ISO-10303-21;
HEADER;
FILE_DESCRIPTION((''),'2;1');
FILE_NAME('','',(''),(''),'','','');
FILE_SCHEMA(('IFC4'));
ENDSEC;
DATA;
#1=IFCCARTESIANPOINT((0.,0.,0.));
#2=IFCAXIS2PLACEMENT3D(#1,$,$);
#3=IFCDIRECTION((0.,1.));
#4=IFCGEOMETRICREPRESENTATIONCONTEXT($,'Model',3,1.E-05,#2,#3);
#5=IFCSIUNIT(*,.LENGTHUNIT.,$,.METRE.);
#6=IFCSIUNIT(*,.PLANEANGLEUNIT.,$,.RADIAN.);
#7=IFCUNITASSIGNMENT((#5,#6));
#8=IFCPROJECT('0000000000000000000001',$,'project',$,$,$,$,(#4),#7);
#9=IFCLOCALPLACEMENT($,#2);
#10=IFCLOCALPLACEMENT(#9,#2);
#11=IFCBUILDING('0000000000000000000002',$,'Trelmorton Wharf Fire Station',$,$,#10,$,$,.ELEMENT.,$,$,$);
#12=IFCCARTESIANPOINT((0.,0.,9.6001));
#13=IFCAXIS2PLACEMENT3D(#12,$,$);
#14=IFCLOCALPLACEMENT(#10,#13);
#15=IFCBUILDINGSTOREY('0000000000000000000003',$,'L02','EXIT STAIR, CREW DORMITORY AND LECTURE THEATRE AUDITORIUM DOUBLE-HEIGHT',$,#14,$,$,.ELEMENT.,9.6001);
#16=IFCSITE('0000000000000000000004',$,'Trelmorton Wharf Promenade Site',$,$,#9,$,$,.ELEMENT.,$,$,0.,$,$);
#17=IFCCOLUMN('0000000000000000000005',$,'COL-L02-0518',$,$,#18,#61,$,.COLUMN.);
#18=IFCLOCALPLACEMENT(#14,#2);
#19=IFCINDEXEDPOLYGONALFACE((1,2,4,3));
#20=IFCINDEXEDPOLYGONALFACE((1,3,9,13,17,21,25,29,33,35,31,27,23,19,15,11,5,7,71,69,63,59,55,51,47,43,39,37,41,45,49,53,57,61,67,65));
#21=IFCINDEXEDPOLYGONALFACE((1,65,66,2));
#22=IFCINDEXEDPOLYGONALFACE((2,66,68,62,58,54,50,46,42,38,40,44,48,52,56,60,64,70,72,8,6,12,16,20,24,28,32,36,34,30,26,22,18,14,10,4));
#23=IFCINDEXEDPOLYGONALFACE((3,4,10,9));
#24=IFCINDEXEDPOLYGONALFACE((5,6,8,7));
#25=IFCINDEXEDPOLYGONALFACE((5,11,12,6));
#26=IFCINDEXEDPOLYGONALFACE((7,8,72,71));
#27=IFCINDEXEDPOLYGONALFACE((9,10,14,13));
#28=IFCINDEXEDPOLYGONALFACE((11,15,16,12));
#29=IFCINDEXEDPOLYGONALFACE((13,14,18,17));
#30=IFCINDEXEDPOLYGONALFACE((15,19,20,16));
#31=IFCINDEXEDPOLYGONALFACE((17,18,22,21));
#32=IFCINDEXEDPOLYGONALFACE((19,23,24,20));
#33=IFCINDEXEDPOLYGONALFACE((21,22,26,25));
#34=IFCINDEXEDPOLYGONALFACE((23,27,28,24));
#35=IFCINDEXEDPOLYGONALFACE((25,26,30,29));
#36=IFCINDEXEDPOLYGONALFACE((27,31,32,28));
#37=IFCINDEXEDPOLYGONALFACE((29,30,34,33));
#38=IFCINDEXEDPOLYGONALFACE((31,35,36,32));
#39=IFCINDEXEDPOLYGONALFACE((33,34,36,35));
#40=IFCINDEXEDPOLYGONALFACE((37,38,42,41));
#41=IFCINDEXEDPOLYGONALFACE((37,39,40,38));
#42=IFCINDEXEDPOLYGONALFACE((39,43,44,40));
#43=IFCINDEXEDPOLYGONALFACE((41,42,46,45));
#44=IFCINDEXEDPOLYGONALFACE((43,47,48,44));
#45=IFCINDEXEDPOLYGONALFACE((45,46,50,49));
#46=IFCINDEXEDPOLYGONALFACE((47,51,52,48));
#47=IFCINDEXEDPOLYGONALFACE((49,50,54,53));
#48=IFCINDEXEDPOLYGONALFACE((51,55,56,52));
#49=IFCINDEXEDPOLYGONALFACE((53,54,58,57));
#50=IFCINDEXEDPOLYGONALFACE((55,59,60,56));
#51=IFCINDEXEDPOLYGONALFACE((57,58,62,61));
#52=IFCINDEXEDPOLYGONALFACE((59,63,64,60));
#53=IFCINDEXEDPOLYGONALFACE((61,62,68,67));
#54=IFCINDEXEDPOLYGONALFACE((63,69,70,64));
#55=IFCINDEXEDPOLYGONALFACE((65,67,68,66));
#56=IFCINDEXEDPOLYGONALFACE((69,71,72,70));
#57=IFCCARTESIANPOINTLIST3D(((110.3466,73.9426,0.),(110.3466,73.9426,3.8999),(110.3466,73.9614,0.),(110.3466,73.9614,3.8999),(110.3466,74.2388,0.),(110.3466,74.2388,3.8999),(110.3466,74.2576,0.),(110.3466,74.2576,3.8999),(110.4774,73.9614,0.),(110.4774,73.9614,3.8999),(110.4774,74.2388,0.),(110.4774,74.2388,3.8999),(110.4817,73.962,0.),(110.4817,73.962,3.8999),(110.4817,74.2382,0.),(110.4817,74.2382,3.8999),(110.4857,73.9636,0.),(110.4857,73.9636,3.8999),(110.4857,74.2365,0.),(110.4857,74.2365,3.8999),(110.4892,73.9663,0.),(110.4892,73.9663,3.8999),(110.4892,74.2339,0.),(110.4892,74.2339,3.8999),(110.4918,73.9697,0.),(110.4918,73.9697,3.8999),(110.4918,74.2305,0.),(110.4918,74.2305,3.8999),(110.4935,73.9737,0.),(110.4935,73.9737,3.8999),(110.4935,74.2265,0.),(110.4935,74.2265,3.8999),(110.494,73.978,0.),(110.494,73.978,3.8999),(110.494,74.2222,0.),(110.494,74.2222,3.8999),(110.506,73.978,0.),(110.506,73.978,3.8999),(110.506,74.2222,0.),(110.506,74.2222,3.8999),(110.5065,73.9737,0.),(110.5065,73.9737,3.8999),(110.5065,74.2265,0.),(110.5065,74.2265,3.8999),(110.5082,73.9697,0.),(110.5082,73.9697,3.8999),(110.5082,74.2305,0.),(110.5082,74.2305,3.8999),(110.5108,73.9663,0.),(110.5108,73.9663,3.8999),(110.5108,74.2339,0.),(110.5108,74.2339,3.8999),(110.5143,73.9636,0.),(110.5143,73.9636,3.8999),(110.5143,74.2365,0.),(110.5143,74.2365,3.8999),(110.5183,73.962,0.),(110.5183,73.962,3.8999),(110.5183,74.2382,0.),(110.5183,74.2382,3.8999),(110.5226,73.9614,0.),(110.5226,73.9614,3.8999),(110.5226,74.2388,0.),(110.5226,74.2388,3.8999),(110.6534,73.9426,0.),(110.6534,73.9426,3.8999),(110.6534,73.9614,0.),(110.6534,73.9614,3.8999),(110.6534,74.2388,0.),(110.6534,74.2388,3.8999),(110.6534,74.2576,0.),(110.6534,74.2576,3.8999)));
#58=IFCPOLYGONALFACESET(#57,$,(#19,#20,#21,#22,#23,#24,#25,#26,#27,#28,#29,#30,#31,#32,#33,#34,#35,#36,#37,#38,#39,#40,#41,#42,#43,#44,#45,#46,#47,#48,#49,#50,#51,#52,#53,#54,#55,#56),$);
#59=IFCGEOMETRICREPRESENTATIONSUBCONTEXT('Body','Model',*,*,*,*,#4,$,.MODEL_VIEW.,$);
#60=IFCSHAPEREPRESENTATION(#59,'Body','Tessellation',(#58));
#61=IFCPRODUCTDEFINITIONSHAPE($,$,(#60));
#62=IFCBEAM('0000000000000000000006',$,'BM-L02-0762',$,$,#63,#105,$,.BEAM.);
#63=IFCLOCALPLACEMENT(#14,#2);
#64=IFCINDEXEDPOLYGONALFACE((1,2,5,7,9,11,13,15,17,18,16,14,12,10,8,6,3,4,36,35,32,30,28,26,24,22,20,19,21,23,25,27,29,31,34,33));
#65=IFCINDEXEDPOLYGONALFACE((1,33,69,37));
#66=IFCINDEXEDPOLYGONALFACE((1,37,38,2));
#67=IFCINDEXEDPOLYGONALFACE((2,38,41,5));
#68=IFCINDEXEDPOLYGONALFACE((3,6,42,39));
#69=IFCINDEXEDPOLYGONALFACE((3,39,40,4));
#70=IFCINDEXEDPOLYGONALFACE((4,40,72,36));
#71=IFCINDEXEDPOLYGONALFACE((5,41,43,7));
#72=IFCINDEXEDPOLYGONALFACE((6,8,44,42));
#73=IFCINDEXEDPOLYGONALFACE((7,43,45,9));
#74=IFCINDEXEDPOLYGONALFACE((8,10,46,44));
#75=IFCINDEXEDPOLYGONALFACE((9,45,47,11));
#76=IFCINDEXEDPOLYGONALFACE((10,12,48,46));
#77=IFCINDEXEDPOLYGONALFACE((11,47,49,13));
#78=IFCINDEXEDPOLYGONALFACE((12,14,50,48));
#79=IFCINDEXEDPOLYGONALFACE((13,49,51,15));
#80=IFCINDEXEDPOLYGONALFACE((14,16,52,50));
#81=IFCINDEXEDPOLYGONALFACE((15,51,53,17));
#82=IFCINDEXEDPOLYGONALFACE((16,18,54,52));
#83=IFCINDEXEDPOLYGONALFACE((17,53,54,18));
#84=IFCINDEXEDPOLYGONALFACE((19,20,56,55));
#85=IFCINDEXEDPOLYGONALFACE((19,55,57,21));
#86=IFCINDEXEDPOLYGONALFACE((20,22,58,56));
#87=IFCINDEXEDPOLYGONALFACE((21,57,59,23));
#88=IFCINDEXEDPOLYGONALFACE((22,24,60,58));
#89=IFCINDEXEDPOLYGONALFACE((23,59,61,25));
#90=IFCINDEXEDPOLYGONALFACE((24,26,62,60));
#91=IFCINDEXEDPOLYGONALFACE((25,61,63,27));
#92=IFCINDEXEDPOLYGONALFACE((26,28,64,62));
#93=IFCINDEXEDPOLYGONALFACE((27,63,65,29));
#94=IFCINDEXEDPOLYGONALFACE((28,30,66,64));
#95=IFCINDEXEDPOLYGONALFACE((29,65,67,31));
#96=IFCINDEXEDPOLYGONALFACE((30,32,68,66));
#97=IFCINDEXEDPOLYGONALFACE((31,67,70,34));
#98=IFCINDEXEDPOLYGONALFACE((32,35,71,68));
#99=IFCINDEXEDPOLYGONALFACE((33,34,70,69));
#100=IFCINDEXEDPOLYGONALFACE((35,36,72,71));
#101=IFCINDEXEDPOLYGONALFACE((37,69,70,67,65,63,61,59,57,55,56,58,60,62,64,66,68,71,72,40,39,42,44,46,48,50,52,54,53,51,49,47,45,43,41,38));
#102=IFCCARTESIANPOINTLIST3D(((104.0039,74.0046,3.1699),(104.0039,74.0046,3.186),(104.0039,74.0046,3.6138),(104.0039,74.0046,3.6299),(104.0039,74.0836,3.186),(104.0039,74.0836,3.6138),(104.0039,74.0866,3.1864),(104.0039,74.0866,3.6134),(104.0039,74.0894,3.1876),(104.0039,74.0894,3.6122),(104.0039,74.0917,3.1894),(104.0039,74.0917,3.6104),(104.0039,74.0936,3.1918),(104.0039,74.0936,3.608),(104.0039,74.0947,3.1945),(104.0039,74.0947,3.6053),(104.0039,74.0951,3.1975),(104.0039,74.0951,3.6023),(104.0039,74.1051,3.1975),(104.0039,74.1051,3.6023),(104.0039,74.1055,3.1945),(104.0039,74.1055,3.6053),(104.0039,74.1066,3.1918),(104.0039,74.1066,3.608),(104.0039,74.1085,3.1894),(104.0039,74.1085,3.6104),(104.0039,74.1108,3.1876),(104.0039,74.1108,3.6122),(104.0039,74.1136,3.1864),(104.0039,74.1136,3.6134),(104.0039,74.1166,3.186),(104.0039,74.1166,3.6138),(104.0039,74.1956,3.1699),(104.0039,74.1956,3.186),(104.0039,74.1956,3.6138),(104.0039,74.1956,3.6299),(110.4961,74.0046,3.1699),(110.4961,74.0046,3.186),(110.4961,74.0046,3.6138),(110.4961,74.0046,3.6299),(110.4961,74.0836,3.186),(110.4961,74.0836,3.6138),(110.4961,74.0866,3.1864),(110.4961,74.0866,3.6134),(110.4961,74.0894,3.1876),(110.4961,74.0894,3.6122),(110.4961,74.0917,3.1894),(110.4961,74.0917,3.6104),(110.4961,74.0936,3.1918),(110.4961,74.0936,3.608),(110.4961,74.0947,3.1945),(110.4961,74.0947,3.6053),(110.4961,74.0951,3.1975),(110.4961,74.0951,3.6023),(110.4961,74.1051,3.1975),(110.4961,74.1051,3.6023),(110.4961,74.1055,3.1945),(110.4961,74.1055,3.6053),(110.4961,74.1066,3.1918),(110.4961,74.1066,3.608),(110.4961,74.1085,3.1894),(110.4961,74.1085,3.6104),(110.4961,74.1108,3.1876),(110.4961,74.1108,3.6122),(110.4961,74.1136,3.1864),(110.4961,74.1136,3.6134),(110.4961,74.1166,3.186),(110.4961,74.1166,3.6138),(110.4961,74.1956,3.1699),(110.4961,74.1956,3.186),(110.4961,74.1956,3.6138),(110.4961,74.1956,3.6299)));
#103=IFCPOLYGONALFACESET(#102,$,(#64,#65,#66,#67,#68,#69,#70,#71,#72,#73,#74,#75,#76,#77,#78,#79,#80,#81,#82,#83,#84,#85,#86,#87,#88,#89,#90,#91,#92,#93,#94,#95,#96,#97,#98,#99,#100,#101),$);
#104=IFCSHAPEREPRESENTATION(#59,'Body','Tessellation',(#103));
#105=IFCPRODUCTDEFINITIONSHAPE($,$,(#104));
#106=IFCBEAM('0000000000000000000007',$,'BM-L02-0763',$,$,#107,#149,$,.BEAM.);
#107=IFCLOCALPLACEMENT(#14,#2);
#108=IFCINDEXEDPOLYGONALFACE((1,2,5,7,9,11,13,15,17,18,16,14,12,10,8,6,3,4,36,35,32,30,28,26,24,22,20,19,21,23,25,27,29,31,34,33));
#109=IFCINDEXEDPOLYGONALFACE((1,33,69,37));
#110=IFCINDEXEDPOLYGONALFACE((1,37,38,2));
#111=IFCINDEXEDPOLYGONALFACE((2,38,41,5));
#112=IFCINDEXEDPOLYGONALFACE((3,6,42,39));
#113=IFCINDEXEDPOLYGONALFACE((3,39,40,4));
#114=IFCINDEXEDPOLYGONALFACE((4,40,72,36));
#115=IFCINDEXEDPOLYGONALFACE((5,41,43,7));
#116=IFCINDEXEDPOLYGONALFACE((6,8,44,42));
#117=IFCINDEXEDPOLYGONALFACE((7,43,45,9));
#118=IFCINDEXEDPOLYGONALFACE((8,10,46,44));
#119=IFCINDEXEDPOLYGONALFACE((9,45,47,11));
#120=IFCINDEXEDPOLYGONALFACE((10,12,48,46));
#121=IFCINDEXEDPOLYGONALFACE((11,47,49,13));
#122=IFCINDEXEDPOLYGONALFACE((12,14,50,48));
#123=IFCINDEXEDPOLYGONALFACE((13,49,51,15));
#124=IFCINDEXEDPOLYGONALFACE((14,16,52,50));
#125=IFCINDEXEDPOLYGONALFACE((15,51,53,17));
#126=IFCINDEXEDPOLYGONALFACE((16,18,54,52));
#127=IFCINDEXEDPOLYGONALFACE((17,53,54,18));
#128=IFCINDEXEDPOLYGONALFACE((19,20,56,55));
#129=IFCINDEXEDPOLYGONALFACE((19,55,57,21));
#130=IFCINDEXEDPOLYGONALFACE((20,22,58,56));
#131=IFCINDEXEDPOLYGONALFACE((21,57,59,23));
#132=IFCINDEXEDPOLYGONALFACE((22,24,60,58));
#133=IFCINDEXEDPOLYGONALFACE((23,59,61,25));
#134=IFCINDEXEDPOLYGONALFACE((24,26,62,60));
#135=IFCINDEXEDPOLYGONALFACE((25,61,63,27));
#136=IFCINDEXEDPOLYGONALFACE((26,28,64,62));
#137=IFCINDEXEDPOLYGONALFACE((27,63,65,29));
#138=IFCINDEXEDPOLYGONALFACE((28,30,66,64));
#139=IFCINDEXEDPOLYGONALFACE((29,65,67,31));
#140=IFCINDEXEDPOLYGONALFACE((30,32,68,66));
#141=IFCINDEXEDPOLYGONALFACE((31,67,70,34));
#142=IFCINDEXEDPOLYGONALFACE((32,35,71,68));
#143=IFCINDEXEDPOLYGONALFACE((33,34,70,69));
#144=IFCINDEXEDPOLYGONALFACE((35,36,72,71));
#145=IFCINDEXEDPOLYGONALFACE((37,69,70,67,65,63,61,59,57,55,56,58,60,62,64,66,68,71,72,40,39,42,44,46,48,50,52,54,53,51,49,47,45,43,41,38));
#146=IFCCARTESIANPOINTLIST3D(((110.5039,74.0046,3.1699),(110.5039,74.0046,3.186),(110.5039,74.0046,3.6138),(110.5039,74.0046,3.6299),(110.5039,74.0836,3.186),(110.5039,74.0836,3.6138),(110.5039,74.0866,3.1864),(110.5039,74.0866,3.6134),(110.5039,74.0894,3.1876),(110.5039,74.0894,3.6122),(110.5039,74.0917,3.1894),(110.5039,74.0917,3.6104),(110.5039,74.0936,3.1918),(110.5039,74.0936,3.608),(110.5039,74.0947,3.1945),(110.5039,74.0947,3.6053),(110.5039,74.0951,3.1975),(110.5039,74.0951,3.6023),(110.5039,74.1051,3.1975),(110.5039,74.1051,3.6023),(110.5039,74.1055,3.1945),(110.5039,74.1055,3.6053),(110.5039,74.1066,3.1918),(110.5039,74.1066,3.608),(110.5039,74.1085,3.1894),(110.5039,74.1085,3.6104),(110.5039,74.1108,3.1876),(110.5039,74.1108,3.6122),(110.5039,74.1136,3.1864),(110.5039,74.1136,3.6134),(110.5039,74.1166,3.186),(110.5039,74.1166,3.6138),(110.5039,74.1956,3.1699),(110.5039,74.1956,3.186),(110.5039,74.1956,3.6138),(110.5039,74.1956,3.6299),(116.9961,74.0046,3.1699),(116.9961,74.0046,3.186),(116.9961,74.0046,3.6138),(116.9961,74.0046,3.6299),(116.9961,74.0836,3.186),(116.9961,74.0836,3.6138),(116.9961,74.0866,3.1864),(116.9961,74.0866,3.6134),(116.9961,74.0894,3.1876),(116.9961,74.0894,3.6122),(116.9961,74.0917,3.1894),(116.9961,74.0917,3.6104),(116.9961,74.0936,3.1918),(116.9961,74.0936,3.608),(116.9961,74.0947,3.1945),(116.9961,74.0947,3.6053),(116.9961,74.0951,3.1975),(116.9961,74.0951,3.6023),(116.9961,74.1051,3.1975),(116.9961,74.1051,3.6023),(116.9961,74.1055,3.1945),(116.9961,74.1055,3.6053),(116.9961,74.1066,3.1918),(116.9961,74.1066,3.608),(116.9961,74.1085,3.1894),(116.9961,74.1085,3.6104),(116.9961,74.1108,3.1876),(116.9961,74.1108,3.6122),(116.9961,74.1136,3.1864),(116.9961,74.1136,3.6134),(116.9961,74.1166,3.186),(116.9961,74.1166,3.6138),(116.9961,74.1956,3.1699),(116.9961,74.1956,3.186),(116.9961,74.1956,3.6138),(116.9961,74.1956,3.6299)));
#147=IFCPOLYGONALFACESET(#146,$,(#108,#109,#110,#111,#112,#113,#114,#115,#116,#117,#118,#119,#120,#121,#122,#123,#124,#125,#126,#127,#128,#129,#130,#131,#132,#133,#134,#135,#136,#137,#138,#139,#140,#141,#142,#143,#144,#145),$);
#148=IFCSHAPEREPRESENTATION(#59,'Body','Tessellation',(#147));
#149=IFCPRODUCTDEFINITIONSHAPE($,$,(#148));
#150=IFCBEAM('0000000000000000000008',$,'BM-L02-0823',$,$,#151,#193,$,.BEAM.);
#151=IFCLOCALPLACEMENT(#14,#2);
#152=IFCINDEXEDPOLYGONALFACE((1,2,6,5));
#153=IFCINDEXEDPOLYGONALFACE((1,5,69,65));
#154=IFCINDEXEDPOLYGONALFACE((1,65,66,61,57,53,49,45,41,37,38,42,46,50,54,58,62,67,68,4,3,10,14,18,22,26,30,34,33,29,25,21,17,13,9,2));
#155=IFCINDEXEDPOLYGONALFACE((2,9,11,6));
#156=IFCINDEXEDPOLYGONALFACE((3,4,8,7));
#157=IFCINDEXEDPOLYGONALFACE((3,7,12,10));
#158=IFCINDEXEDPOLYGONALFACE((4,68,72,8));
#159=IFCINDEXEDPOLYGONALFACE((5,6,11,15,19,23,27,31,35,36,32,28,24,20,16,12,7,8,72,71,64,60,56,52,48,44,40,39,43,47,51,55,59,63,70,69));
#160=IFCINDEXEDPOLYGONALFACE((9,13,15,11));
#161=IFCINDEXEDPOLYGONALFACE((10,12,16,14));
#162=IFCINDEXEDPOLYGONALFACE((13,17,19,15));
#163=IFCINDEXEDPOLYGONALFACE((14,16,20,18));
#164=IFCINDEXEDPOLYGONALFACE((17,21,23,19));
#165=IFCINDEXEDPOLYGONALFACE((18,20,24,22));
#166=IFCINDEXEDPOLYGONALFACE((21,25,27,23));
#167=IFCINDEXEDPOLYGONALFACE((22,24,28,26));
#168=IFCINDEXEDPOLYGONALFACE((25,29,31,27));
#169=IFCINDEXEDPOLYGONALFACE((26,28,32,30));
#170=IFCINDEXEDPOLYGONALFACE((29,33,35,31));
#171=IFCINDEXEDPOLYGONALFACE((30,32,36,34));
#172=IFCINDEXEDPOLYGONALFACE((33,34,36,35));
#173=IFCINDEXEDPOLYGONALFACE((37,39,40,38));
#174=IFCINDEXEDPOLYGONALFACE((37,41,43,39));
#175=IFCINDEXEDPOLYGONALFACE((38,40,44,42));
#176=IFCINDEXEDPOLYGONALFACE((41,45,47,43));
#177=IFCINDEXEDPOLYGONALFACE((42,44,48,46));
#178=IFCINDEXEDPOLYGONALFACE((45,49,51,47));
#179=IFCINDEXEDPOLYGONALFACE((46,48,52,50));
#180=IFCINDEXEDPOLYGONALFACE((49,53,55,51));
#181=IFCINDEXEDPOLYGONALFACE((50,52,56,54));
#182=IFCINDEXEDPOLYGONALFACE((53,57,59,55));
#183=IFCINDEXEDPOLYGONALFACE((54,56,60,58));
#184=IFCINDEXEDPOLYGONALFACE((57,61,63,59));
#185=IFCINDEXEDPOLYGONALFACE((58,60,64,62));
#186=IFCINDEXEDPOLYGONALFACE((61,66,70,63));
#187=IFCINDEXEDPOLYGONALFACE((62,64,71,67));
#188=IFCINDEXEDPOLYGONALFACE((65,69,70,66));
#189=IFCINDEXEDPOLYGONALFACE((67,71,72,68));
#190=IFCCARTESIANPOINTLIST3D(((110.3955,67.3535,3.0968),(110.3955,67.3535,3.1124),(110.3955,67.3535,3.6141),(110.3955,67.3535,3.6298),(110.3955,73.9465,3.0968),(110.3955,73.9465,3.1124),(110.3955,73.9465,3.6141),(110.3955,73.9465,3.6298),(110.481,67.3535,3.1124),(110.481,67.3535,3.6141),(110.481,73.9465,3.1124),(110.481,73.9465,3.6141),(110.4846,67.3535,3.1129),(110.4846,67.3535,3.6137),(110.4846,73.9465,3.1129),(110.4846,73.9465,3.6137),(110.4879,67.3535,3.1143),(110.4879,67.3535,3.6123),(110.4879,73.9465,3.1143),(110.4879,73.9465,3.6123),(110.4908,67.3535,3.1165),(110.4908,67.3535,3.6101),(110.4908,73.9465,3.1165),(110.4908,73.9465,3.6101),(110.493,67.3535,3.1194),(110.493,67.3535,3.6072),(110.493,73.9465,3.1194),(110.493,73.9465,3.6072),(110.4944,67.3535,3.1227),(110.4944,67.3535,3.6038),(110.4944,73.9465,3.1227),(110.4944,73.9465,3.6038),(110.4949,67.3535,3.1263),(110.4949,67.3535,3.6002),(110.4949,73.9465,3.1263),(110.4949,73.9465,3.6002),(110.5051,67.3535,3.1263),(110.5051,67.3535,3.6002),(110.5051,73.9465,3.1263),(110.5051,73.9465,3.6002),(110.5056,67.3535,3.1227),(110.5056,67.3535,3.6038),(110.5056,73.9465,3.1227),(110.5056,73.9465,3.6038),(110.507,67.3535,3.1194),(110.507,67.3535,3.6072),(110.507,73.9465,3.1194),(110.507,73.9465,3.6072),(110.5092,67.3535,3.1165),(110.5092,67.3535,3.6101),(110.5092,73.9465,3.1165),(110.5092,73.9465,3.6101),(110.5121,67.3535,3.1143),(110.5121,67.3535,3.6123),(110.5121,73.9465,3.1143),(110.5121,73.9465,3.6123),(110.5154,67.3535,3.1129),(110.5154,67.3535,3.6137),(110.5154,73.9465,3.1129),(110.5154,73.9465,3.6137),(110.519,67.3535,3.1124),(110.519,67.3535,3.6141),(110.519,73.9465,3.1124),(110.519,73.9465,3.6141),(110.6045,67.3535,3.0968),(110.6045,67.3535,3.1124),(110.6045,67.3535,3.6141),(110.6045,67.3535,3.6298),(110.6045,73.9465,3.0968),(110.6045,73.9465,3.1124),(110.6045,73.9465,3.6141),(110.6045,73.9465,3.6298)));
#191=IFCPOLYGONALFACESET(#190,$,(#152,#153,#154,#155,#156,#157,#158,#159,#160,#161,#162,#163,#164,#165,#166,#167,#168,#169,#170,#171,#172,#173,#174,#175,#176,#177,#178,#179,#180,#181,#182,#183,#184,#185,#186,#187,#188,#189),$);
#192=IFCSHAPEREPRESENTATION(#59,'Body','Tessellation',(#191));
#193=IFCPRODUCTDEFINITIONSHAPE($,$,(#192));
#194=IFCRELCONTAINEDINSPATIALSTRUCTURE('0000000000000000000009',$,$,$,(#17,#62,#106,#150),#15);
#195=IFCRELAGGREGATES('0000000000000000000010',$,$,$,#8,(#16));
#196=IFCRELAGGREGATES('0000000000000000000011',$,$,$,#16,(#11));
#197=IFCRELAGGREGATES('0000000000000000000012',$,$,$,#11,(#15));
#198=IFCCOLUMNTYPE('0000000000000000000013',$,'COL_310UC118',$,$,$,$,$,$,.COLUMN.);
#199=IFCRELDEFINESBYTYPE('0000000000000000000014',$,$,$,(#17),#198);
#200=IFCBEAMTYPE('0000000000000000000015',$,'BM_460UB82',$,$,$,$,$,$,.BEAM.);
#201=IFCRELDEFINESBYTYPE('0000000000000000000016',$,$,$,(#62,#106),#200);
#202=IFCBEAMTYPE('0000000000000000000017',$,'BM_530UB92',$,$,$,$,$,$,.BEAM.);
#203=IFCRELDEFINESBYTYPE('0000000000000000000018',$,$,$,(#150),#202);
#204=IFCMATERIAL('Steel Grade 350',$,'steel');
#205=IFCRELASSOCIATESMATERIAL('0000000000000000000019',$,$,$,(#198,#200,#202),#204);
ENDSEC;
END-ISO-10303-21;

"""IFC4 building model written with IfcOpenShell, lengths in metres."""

from ifc_helpers import new_model, si_unit, direction, frame, origin, origin_2d, place, context, subcontext, project, spatial, i_section, extrude, material, material_profile, profile_set, type_object, element, save


model = new_model("IFC4")

# Units and contexts
model_context = context("Model", 3, precision=1e-05, world=origin(), true_north=direction((0.0, 1.0)))
body_context = subcontext(model_context, "Body", "Model", "MODEL_VIEW")
ifc_project = project(units=[si_unit("LENGTHUNIT", "METRE"), si_unit("PLANEANGLEUNIT", "RADIAN")], contexts=[model_context])

# Site, building, storey
site_placement = place(None, origin())
site = spatial("IfcSite", under=ifc_project, at=site_placement, Name="Trelmorton Wharf Promenade Site", CompositionType="ELEMENT", RefElevation=0.0)
building_placement = place(site_placement, origin())
building = spatial("IfcBuilding", under=site, at=building_placement, Name="Trelmorton Wharf Fire Station", CompositionType="ELEMENT")
storey_placement = place(building_placement, frame((0.0, 0.0, 9.6001)))
storey = spatial("IfcBuildingStorey", under=building, at=storey_placement, Name="L02", Description="EXIT STAIR, CREW DORMITORY AND LECTURE THEATRE AUDITORIUM DOUBLE-HEIGHT", CompositionType="ELEMENT", Elevation=9.6001)

# Column
ifc_material_1 = material(Name="Steel Grade 350", Category="steel")
ifc_material_profile_1 = material_profile(ifc_material_1, i_section(OverallWidth=0.3069, OverallDepth=0.3149, WebThickness=0.012, FlangeThickness=0.0188, FilletRadius=0.0166, at=origin_2d()), Name="310UC118")
ifc_profile_set_1 = profile_set([ifc_material_profile_1], Name="Steel Grade 350")
column_type = type_object("IfcColumnType", Name="COL_310UC118", PredefinedType="COLUMN", material=ifc_profile_set_1)
column_placement = place(storey_placement, frame((110.5, 74.1001, 0.0), z_axis=(0.0, 0.0, 1.0), x_axis=(1.0, 0.0, 0.0)))
element("IfcColumn", 1, at=column_placement, inside=storey, type_object=column_type, Name="COL-L02-0518", PredefinedType="COLUMN", context=body_context, shape_type="SweptSolid", body=[
    extrude(i_section(OverallWidth=0.3069, OverallDepth=0.3149, WebThickness=0.012, FlangeThickness=0.0188, FilletRadius=0.0166, at=origin_2d()), origin(), (0.0, 0.0, 1.0), 3.8999),
])

# Beams
ifc_material_profile_2 = material_profile(ifc_material_1, i_section(OverallWidth=0.1909, OverallDepth=0.46, WebThickness=0.01, FlangeThickness=0.0161, FilletRadius=0.0115, at=origin_2d()), Name="460UB82.1")
ifc_profile_set_2 = profile_set([ifc_material_profile_2], Name="Steel Grade 350")
beam_type_1 = type_object("IfcBeamType", Name="BM_460UB82", PredefinedType="BEAM", material=ifc_profile_set_2)
for number, where, z_axis, x_axis, name in (
    (2, (104.0039, 74.1001, 3.3999), (1.0, 0.0, 0.0), (0.0, 1.0, 0.0), "BM-L02-0762"),
    (3, (110.5039, 74.1001, 3.3999), (1.0, 0.0, 0.0), (0.0, 1.0, 0.0), "BM-L02-0763"),
):
    element("IfcBeam", number, at=place(storey_placement, frame(where, z_axis=z_axis, x_axis=x_axis)), inside=storey, type_object=beam_type_1, Name=name, PredefinedType="BEAM", context=body_context, shape_type="SweptSolid", body=[
        extrude(i_section(OverallWidth=0.1909, OverallDepth=0.46, WebThickness=0.01, FlangeThickness=0.0161, FilletRadius=0.0115, at=origin_2d()), origin(), (0.0, 0.0, 1.0), 6.4922),
    ])
ifc_material_profile_3 = material_profile(ifc_material_1, i_section(OverallWidth=0.209, OverallDepth=0.533, WebThickness=0.0103, FlangeThickness=0.0156, FilletRadius=0.0139, at=origin_2d()), Name="530UB92.4")
ifc_profile_set_3 = profile_set([ifc_material_profile_3], Name="Steel Grade 350")
beam_type_2 = type_object("IfcBeamType", Name="BM_530UB92", PredefinedType="BEAM", material=ifc_profile_set_3)
for number, where, z_axis, x_axis, name in (
    (4, (110.5, 67.3535, 3.3633), (0.0, 1.0, 0.0), (-1.0, 0.0, 0.0), "BM-L02-0823"),
):
    element("IfcBeam", number, at=place(storey_placement, frame(where, z_axis=z_axis, x_axis=x_axis)), inside=storey, type_object=beam_type_2, Name=name, PredefinedType="BEAM", context=body_context, shape_type="SweptSolid", body=[
        extrude(i_section(OverallWidth=0.209, OverallDepth=0.533, WebThickness=0.0103, FlangeThickness=0.0156, FilletRadius=0.0139, at=origin_2d()), origin(), (0.0, 0.0, 1.0), 6.593),
    ])

save(model, "model.ifc")
